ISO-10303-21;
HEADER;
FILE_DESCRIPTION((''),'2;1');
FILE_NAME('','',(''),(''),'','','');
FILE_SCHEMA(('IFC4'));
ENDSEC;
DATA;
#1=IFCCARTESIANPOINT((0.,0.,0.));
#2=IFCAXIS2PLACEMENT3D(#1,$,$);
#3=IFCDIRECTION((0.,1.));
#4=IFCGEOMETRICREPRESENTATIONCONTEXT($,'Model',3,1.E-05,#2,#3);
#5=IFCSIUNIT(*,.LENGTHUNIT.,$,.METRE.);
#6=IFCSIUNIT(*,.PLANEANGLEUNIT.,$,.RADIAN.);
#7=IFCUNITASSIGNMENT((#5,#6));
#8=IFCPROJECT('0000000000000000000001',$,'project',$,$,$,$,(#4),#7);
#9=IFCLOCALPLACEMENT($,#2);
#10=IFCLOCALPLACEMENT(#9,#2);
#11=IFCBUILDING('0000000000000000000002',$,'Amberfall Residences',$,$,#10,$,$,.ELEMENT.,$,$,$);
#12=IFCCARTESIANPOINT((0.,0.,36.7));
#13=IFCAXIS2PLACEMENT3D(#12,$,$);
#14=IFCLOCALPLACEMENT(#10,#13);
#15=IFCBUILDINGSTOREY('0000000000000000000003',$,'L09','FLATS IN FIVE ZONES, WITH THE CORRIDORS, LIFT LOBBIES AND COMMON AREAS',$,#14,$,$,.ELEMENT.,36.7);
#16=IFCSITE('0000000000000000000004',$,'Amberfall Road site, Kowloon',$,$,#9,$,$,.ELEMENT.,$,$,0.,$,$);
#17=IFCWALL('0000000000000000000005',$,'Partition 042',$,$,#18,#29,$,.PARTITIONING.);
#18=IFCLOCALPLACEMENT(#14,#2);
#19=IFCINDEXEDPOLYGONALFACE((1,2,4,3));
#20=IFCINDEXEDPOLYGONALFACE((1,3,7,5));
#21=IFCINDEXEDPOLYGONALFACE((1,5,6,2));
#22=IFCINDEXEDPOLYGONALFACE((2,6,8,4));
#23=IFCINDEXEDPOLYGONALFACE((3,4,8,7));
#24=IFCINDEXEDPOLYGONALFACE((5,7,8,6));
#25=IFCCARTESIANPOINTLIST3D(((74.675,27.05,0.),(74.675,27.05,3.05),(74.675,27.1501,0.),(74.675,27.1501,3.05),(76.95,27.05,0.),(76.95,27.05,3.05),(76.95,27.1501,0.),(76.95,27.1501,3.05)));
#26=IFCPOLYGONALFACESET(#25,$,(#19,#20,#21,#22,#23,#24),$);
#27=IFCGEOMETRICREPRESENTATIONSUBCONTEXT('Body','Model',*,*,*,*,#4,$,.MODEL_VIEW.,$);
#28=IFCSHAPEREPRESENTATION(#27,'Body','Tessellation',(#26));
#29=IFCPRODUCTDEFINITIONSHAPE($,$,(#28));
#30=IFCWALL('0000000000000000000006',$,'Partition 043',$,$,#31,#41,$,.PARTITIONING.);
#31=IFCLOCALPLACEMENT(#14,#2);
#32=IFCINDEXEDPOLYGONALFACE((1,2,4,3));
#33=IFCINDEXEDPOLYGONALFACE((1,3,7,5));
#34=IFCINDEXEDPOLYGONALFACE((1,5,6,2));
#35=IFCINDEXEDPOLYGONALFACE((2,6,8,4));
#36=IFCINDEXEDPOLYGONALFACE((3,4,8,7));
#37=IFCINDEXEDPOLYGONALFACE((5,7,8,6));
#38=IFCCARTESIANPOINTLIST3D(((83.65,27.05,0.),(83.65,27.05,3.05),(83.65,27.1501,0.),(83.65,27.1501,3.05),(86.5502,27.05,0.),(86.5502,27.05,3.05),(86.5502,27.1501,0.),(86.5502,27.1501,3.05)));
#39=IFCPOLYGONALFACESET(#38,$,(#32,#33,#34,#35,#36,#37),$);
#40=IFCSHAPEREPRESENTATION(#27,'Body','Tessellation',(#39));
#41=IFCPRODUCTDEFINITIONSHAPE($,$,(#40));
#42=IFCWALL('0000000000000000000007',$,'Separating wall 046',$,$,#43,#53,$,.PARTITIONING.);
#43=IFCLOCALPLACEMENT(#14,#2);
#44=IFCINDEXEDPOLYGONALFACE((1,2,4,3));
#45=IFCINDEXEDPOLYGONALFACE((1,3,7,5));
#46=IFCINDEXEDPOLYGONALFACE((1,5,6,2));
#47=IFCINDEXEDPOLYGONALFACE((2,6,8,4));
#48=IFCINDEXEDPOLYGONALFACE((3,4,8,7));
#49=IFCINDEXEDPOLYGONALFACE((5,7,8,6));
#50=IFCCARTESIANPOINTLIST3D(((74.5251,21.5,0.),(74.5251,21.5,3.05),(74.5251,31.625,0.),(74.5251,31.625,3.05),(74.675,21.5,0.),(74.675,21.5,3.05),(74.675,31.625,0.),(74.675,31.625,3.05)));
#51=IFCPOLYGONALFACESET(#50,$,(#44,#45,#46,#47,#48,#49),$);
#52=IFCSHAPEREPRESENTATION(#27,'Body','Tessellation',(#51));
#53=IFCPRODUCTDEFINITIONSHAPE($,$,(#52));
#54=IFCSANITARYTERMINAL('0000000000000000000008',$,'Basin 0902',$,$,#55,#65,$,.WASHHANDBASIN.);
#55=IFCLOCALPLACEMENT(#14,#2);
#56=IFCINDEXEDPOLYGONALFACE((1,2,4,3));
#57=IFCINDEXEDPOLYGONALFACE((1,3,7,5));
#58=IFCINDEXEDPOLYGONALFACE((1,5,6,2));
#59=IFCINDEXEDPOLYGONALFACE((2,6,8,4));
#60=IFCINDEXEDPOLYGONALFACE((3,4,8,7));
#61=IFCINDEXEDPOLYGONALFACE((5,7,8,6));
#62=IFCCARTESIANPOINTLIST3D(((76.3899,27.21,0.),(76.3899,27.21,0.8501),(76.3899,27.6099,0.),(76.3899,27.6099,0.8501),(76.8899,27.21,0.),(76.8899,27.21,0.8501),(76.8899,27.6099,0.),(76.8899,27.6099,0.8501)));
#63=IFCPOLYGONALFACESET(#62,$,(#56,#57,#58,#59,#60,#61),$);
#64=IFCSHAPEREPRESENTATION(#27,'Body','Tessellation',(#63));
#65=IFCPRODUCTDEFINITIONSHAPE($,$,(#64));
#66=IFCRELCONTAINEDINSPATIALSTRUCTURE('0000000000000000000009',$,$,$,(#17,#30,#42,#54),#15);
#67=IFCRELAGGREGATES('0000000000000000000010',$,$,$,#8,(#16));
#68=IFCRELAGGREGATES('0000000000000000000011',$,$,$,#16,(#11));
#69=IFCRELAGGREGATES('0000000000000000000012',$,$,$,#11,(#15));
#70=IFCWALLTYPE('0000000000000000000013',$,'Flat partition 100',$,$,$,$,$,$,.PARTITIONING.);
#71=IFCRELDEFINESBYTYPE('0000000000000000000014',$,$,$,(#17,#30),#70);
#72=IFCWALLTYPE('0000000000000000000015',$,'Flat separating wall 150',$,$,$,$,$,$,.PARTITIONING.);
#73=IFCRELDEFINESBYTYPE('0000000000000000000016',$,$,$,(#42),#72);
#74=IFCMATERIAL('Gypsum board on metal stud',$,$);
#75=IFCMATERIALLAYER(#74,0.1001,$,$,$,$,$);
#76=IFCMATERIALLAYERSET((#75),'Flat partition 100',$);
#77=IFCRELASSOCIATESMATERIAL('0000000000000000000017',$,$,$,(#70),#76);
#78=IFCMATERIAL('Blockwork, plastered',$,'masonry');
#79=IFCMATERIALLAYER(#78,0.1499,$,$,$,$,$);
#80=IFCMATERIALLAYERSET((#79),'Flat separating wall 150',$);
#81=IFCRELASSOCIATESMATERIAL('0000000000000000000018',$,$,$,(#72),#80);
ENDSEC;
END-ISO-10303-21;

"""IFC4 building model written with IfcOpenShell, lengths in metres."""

from ifc_helpers import new_model, si_unit, direction, frame, frame_2d, origin, origin_2d, place, context, subcontext, project, spatial, rectangle, extrude, material, layer, layer_set, type_object, element, save


model = new_model("IFC4")

# Units and contexts
model_context = context("Model", 3, precision=1e-05, world=origin(), true_north=direction((0.0, 1.0)))
body_context = subcontext(model_context, "Body", "Model", "MODEL_VIEW")
ifc_project = project(units=[si_unit("LENGTHUNIT", "METRE"), si_unit("PLANEANGLEUNIT", "RADIAN")], contexts=[model_context])

# Site, building, storey
site_placement = place(None, origin())
site = spatial("IfcSite", under=ifc_project, at=site_placement, Name="Amberfall Road site, Kowloon", CompositionType="ELEMENT", RefElevation=0.0)
building_placement = place(site_placement, origin())
building = spatial("IfcBuilding", under=site, at=building_placement, Name="Amberfall Residences", CompositionType="ELEMENT")
storey_placement = place(building_placement, frame((0.0, 0.0, 36.7)))
storey = spatial("IfcBuildingStorey", under=building, at=storey_placement, Name="L09", Description="FLATS IN FIVE ZONES, WITH THE CORRIDORS, LIFT LOBBIES AND COMMON AREAS", CompositionType="ELEMENT", Elevation=36.7)

# Walls
ifc_material_1 = material(Name="Gypsum board on metal stud")
ifc_layer_1 = layer(ifc_material_1, 0.1001)
ifc_layer_set_1 = layer_set([ifc_layer_1], Name="Flat partition 100")
wall_type_1 = type_object("IfcWallType", Name="Flat partition 100", PredefinedType="PARTITIONING", material=ifc_layer_set_1)
wall_1_placement = place(storey_placement, frame((74.675, 27.1001, 0.0), z_axis=(0.0, 0.0, 1.0), x_axis=(1.0, 0.0, 0.0)))
element("IfcWall", 1, at=wall_1_placement, inside=storey, type_object=wall_type_1, Name="Partition 042", PredefinedType="PARTITIONING", context=body_context, shape_type="SweptSolid", body=[
    extrude(rectangle(XDim=2.2749, YDim=0.1001, at=frame_2d((1.1375, 0.0))), origin(), (0.0, 0.0, 1.0), 3.05),
])
wall_2_placement = place(storey_placement, frame((83.6499, 27.1001, 0.0), z_axis=(0.0, 0.0, 1.0), x_axis=(1.0, 0.0, 0.0)))
element("IfcWall", 2, at=wall_2_placement, inside=storey, type_object=wall_type_1, Name="Partition 043", PredefinedType="PARTITIONING", context=body_context, shape_type="SweptSolid", body=[
    extrude(rectangle(XDim=2.9001, YDim=0.1001, at=frame_2d((1.4502, 0.0))), origin(), (0.0, 0.0, 1.0), 3.05),
])
ifc_material_2 = material(Name="Blockwork, plastered", Category="masonry")
ifc_layer_2 = layer(ifc_material_2, 0.1499)
ifc_layer_set_2 = layer_set([ifc_layer_2], Name="Flat separating wall 150")
wall_type_2 = type_object("IfcWallType", Name="Flat separating wall 150", PredefinedType="PARTITIONING", material=ifc_layer_set_2)
wall_3_placement = place(storey_placement, frame((74.6001, 21.5, 0.0), z_axis=(0.0, 0.0, 1.0), x_axis=(0.0, 1.0, 0.0)))
element("IfcWall", 3, at=wall_3_placement, inside=storey, type_object=wall_type_2, Name="Separating wall 046", PredefinedType="PARTITIONING", context=body_context, shape_type="SweptSolid", body=[
    extrude(rectangle(XDim=10.125, YDim=0.1499, at=frame_2d((5.0625, 0.0))), origin(), (0.0, 0.0, 1.0), 3.05),
])

# Sanitary terminal
sanitary_terminal_placement = place(storey_placement, frame((76.6399, 27.4099, 0.0), z_axis=(0.0, 0.0, 1.0), x_axis=(1.0, 0.0, 0.0)))
element("IfcSanitaryTerminal", 4, at=sanitary_terminal_placement, inside=storey, Name="Basin 0902", PredefinedType="WASHHANDBASIN", context=body_context, shape_type="SweptSolid", body=[
    extrude(rectangle(XDim=0.5, YDim=0.3999, at=origin_2d()), origin(), (0.0, 0.0, 1.0), 0.8501),
])

save(model, "model.ifc")
